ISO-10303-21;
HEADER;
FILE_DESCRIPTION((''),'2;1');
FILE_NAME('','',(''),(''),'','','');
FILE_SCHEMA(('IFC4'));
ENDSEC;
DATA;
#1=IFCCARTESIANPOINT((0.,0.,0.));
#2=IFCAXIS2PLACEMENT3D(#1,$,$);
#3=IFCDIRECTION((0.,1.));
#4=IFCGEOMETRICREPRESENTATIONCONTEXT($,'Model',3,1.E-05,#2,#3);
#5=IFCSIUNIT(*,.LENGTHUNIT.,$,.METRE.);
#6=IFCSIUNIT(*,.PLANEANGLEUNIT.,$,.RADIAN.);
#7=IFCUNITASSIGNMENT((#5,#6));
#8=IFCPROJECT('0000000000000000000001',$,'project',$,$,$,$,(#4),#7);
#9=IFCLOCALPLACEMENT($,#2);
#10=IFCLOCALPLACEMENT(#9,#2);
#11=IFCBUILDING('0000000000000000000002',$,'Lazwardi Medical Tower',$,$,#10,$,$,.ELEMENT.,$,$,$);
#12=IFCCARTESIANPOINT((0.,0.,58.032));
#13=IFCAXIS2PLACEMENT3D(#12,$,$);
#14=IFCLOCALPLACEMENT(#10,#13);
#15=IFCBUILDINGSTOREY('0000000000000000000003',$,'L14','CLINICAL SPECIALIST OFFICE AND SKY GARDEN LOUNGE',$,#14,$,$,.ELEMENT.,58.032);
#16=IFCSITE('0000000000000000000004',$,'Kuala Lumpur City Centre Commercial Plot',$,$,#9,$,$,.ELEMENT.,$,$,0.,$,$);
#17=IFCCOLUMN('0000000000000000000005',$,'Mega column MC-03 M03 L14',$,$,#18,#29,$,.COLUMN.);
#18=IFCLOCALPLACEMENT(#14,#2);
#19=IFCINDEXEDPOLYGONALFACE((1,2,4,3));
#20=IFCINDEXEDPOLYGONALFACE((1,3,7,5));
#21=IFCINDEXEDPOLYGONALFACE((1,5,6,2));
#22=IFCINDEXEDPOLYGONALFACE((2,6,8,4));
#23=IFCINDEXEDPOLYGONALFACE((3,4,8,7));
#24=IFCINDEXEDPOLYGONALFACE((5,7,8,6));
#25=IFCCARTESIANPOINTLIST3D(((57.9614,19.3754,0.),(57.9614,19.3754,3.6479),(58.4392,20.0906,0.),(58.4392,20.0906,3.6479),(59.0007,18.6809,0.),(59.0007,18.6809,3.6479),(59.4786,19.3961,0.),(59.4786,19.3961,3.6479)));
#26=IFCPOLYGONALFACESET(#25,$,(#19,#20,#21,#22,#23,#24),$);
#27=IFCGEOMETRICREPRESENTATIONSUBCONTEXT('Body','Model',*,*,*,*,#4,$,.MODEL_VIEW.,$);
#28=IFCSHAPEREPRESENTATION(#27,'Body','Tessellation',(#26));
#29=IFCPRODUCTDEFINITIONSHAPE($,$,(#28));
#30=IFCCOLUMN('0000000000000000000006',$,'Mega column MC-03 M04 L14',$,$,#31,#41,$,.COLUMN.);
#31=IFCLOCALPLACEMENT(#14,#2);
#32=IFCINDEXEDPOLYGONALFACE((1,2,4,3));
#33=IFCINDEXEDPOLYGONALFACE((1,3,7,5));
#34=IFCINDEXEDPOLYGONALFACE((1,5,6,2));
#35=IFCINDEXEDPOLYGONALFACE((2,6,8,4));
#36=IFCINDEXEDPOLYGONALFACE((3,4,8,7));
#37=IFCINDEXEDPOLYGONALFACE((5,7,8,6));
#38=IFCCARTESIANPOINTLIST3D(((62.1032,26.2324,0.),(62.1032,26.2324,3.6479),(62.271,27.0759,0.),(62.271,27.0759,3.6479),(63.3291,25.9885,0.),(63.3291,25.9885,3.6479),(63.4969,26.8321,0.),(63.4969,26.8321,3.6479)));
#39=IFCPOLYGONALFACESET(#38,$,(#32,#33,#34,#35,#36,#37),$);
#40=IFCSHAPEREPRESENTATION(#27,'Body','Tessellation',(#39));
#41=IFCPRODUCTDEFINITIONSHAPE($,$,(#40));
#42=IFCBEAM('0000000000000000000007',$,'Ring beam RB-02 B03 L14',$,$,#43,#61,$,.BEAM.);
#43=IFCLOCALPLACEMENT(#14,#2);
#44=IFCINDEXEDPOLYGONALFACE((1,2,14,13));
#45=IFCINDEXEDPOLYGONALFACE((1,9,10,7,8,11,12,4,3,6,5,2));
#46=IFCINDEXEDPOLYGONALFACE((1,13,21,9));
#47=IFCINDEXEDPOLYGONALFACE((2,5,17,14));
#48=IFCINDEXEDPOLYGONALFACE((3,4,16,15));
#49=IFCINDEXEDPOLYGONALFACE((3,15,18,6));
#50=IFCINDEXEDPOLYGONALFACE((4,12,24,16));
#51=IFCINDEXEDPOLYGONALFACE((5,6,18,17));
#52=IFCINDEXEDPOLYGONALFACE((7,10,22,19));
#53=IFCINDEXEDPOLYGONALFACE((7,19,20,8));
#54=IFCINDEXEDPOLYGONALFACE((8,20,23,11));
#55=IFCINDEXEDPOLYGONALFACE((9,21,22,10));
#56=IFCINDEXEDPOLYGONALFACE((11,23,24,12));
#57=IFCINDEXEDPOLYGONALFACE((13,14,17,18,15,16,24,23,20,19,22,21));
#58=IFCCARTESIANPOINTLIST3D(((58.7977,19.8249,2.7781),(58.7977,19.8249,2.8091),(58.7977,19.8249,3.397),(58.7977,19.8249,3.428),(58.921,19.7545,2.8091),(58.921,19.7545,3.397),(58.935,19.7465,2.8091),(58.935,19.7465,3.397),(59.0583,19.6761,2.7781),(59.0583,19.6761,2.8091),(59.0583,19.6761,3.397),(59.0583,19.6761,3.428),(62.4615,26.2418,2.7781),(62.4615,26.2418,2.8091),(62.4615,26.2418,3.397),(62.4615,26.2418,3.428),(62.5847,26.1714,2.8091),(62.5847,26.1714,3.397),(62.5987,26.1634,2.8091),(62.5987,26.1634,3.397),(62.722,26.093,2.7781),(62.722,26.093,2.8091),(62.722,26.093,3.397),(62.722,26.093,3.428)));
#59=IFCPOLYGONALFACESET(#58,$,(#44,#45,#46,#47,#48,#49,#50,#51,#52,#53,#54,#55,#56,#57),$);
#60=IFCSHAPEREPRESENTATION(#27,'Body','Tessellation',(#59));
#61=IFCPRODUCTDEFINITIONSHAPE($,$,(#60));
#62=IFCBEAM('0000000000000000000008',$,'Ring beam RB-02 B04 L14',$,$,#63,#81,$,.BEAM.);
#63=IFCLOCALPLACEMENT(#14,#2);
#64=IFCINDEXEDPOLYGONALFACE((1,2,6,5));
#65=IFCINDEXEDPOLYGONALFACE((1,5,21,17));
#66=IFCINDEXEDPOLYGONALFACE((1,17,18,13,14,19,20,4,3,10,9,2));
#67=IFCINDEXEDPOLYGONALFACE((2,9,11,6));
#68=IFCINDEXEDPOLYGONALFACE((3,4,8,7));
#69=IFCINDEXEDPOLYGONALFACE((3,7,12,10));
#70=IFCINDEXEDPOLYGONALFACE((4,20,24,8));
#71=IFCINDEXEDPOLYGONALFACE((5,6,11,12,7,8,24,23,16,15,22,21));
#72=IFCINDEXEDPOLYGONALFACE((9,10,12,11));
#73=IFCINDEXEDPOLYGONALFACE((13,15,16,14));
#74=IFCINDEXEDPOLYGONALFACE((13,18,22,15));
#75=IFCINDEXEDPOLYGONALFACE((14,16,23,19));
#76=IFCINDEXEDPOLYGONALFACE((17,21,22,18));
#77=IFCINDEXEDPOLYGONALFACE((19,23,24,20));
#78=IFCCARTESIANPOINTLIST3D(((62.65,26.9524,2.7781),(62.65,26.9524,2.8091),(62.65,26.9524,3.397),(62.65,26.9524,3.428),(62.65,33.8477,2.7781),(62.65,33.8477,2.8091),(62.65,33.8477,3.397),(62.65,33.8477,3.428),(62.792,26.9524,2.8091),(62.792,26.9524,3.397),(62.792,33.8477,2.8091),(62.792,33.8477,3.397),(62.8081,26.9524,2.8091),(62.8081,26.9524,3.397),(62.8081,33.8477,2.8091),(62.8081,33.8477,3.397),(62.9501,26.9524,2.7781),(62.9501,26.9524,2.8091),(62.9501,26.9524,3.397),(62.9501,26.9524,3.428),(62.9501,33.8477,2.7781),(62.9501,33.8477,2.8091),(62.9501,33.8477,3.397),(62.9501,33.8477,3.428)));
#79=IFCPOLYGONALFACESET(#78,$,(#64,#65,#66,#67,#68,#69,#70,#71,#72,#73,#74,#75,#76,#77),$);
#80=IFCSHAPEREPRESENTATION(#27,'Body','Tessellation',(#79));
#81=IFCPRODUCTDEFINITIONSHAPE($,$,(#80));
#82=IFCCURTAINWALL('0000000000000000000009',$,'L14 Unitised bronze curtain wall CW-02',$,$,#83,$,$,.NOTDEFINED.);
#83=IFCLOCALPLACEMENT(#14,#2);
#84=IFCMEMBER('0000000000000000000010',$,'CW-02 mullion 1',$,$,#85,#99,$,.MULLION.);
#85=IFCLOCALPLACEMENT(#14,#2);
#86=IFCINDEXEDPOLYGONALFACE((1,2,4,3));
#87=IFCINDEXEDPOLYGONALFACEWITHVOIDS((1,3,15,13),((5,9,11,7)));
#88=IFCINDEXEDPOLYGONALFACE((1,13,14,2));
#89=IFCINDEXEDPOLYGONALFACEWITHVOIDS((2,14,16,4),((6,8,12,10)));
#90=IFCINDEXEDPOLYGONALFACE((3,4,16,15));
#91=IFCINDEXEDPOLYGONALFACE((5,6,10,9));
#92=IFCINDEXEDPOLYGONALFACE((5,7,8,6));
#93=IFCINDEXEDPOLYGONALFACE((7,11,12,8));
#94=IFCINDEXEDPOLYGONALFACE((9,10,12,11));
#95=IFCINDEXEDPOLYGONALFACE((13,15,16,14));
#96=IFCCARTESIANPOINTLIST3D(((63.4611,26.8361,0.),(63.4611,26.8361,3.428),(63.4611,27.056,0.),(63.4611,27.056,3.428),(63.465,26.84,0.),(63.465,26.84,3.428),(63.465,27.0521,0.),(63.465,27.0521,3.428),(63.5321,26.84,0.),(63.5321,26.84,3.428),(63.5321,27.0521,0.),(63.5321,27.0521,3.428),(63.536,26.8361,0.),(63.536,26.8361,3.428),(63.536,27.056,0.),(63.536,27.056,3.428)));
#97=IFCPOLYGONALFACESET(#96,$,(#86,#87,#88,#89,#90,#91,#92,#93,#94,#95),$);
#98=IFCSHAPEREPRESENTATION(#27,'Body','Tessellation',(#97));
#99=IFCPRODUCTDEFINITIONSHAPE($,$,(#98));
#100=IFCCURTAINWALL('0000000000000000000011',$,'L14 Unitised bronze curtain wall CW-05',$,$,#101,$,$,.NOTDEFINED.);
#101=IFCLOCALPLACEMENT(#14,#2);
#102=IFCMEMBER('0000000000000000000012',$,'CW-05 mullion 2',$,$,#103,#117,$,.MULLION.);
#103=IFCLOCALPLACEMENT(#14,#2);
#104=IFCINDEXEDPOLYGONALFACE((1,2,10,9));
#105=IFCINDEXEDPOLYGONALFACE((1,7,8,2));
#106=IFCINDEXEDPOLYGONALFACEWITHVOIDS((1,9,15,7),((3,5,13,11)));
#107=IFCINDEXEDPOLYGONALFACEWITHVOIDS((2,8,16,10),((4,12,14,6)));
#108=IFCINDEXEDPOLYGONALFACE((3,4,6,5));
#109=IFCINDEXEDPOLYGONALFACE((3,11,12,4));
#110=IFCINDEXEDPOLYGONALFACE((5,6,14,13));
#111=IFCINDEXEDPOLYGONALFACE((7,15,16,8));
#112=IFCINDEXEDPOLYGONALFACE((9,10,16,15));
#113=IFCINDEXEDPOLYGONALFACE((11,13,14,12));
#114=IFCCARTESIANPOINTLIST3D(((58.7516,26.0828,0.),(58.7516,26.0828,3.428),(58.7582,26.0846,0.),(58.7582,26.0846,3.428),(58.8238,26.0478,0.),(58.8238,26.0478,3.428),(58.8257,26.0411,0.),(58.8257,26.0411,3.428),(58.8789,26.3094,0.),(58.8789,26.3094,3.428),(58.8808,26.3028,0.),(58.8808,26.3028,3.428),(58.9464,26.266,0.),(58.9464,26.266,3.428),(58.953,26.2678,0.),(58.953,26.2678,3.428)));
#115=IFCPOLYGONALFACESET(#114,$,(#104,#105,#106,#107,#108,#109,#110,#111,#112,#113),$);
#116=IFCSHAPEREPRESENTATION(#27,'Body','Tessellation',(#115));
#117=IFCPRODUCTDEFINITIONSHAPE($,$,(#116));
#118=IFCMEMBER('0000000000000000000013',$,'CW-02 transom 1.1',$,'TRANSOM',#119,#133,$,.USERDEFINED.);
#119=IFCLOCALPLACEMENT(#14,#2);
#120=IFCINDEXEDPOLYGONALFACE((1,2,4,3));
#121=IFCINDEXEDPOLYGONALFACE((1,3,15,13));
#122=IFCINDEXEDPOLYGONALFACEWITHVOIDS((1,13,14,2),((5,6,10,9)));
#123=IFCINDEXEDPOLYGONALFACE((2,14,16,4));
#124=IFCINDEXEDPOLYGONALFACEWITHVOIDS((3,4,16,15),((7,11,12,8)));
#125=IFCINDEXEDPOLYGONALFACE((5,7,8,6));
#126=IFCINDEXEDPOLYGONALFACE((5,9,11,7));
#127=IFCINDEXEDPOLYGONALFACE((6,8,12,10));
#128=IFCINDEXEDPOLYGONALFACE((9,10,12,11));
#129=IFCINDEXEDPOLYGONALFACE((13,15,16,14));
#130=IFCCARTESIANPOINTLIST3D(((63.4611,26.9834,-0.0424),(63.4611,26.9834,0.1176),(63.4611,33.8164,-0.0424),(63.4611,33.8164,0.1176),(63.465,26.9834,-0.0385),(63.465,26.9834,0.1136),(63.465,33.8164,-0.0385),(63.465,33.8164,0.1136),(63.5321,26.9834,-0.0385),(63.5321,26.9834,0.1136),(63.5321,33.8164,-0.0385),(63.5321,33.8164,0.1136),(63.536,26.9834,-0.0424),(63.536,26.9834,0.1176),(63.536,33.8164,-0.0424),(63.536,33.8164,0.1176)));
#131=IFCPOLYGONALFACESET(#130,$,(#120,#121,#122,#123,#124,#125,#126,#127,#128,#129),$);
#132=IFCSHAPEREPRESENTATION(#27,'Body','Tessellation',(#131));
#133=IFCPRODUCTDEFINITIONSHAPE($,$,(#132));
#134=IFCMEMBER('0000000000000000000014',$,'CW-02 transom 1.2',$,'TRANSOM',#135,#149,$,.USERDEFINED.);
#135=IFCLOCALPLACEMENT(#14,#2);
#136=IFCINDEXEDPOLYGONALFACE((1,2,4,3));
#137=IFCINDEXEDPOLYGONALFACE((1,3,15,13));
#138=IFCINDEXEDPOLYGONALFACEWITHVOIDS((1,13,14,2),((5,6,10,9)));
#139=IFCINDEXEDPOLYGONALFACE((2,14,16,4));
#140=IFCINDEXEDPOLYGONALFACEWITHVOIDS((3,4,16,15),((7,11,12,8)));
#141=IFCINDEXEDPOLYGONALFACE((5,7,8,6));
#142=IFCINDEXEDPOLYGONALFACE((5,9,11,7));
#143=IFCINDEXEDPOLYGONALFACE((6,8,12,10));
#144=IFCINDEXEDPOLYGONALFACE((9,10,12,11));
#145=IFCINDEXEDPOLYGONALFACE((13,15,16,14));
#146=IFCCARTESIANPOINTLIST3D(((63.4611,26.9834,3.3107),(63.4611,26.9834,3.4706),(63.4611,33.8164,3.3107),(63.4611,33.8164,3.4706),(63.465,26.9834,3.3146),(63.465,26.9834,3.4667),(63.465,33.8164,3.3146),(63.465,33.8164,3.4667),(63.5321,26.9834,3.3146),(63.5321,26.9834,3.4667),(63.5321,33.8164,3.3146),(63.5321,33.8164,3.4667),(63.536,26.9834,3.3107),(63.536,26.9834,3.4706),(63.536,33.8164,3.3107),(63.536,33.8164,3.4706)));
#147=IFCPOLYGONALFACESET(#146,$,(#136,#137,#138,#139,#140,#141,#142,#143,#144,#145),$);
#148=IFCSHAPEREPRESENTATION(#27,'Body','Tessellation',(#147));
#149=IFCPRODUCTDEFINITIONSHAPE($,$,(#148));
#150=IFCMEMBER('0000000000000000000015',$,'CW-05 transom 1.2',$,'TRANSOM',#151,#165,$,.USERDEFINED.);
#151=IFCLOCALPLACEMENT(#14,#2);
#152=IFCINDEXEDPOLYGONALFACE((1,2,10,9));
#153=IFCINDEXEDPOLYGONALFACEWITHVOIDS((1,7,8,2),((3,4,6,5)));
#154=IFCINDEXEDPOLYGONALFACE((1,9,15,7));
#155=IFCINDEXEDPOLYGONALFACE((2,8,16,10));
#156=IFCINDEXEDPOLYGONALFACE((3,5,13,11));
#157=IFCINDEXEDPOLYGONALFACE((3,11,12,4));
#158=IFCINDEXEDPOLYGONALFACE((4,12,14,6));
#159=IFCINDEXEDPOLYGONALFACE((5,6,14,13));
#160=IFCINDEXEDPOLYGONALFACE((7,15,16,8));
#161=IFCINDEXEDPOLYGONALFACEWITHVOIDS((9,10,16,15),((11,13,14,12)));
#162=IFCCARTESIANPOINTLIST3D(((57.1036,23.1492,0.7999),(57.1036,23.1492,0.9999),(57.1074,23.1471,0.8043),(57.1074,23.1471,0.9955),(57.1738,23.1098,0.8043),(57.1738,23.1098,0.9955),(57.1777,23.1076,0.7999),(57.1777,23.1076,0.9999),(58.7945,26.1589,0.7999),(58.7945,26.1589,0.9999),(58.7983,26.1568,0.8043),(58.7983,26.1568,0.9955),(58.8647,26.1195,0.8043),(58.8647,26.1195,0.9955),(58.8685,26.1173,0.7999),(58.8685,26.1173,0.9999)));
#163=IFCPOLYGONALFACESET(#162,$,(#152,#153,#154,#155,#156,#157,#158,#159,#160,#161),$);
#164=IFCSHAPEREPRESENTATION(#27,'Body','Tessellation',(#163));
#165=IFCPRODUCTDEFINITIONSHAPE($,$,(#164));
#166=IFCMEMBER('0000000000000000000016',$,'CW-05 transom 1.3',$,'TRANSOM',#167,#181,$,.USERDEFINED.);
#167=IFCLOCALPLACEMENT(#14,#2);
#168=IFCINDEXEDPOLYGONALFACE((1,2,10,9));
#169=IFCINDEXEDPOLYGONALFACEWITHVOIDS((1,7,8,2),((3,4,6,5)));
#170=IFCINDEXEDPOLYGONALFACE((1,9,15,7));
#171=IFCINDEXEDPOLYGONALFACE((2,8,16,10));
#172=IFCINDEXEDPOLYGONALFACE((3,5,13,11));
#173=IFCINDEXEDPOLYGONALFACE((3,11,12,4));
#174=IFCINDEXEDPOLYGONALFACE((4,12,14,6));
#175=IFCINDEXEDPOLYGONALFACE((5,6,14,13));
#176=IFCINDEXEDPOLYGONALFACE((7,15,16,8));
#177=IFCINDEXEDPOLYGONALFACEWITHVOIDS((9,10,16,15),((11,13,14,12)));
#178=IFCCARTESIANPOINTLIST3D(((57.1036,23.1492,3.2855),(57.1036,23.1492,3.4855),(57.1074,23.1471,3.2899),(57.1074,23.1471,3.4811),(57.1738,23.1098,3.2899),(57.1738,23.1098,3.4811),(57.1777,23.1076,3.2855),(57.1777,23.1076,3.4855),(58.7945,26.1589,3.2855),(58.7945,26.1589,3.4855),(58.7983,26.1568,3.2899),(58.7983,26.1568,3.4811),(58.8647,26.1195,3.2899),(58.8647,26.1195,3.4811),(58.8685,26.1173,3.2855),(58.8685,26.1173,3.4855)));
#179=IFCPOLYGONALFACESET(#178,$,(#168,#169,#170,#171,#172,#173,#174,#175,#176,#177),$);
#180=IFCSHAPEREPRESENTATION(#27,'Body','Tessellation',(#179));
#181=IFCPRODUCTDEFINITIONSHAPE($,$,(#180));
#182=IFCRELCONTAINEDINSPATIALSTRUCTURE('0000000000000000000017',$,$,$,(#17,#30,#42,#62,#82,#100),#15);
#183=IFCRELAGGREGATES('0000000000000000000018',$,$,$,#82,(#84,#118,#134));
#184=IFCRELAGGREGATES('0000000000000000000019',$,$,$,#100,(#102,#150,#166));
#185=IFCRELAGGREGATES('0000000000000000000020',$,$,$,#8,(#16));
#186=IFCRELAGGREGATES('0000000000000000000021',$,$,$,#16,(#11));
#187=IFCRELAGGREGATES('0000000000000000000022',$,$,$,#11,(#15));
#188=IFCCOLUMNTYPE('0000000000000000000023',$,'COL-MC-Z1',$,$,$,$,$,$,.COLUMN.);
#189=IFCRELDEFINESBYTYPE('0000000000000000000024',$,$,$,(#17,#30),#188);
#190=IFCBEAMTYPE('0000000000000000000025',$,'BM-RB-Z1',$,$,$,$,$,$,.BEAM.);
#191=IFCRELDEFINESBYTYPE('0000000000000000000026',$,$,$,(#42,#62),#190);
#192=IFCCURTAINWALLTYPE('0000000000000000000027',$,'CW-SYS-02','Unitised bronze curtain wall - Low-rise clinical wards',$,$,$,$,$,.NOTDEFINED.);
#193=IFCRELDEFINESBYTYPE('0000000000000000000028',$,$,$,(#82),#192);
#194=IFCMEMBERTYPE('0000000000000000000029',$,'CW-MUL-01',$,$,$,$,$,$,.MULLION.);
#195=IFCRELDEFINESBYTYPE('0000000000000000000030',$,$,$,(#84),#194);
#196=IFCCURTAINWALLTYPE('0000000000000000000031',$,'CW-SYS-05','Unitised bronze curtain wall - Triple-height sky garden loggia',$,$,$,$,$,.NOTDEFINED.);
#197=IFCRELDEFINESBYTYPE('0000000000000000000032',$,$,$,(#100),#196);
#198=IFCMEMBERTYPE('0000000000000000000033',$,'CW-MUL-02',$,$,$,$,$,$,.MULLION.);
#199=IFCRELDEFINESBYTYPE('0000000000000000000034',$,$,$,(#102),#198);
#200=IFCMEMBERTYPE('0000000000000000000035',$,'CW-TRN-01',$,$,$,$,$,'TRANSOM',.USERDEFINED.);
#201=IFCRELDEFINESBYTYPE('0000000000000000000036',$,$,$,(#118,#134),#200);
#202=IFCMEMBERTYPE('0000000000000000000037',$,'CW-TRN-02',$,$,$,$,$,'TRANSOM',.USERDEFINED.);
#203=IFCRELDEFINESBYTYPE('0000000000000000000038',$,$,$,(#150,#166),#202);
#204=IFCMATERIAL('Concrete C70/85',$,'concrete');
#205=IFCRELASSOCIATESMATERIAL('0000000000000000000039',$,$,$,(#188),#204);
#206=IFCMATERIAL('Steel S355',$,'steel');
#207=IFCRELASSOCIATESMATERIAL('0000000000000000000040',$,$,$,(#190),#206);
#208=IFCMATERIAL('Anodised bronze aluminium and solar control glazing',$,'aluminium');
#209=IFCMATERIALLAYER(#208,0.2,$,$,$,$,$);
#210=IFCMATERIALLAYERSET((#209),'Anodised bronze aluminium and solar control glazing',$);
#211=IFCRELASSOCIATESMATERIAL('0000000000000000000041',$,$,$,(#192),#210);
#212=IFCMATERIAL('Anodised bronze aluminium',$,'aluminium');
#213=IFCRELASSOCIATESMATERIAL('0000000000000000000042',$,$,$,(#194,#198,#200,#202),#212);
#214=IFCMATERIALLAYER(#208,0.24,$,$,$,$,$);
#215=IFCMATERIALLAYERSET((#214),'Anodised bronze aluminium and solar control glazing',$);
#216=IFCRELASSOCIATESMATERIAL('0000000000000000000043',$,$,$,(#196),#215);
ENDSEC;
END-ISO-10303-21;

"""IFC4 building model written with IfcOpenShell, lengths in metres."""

from ifc_helpers import new_model, si_unit, direction, frame, origin, origin_2d, place, context, subcontext, project, spatial, rectangle, hollow_rectangle, i_section, extrude, material, layer, layer_set, material_profile, profile_set, type_object, element, aggregate, save


model = new_model("IFC4")

# Units and contexts
model_context = context("Model", 3, precision=1e-05, world=origin(), true_north=direction((0.0, 1.0)))
body_context = subcontext(model_context, "Body", "Model", "MODEL_VIEW")
ifc_project = project(units=[si_unit("LENGTHUNIT", "METRE"), si_unit("PLANEANGLEUNIT", "RADIAN")], contexts=[model_context])

# Site, building, storey
site_placement = place(None, origin())
site = spatial("IfcSite", under=ifc_project, at=site_placement, Name="Kuala Lumpur City Centre Commercial Plot", CompositionType="ELEMENT", RefElevation=0.0)
building_placement = place(site_placement, origin())
building = spatial("IfcBuilding", under=site, at=building_placement, Name="Lazwardi Medical Tower", CompositionType="ELEMENT")
storey_placement = place(building_placement, frame((0.0, 0.0, 58.032)))
storey = spatial("IfcBuildingStorey", under=building, at=storey_placement, Name="L14", Description="CLINICAL SPECIALIST OFFICE AND SKY GARDEN LOUNGE", CompositionType="ELEMENT", Elevation=58.032)

# Columns
ifc_material_1 = material(Name="Concrete C70/85", Category="concrete")
ifc_material_profile_1 = material_profile(ifc_material_1, rectangle(XDim=1.25, YDim=0.8601, at=origin_2d()), Name="CFT-RECT 1250x860")
ifc_profile_set_1 = profile_set([ifc_material_profile_1], Name="Concrete C70/85")
column_type = type_object("IfcColumnType", Name="COL-MC-Z1", PredefinedType="COLUMN", material=ifc_profile_set_1)
for number, where, z_axis, x_axis, name in (
    (1, (58.72, 19.3857, 0.0), (0.0, 0.0, 1.0), (0.83147, -0.55557, 0.0), "Mega column MC-03 M03 L14"),
    (2, (62.8, 26.5322, 0.0), (0.0, 0.0, 1.0), (0.980785, -0.19509, 0.0), "Mega column MC-03 M04 L14"),
):
    element("IfcColumn", number, at=place(storey_placement, frame(where, z_axis=z_axis, x_axis=x_axis)), inside=storey, type_object=column_type, Name=name, PredefinedType="COLUMN", context=body_context, shape_type="SweptSolid", body=[
        extrude(rectangle(XDim=1.25, YDim=0.8601, at=origin_2d()), origin(), (0.0, 0.0, 1.0), 3.6479),
    ])

# Beams
ifc_material_2 = material(Name="Steel S355", Category="steel")
ifc_material_profile_2 = material_profile(ifc_material_2, i_section(OverallWidth=0.3, OverallDepth=0.6499, WebThickness=0.0161, FlangeThickness=0.031, at=origin_2d()), Name="HEB 650")
ifc_profile_set_2 = profile_set([ifc_material_profile_2], Name="Steel S355")
beam_type = type_object("IfcBeamType", Name="BM-RB-Z1", PredefinedType="BEAM", material=ifc_profile_set_2)
beam_1_placement = place(storey_placement, frame((58.928, 19.7505, 3.103), z_axis=(0.495829, 0.86842, 0.0), x_axis=(-0.86842, 0.495829, 0.0)))
element("IfcBeam", 3, at=beam_1_placement, inside=storey, type_object=beam_type, Name="Ring beam RB-02 B03 L14", PredefinedType="BEAM", context=body_context, shape_type="SweptSolid", body=[
    extrude(i_section(OverallWidth=0.3, OverallDepth=0.6499, WebThickness=0.0161, FlangeThickness=0.031, at=origin_2d()), origin(), (0.0, 0.0, 1.0), 7.3892),
])
beam_2_placement = place(storey_placement, frame((62.8, 26.9524, 3.103), z_axis=(0.0, 1.0, 0.0), x_axis=(-1.0, 0.0, 0.0)))
element("IfcBeam", 4, at=beam_2_placement, inside=storey, type_object=beam_type, Name="Ring beam RB-02 B04 L14", PredefinedType="BEAM", context=body_context, shape_type="SweptSolid", body=[
    extrude(i_section(OverallWidth=0.3, OverallDepth=0.6499, WebThickness=0.0161, FlangeThickness=0.031, at=origin_2d()), origin(), (0.0, 0.0, 1.0), 6.8953),
])

# Curtain walls, members
ifc_material_3 = material(Name="Anodised bronze aluminium and solar control glazing", Category="aluminium")
ifc_layer_1 = layer(ifc_material_3, 0.2)
ifc_layer_set_1 = layer_set([ifc_layer_1], Name="Anodised bronze aluminium and solar control glazing")
curtain_wall_type_1 = type_object("IfcCurtainWallType", Name="CW-SYS-02", Description="Unitised bronze curtain wall - Low-rise clinical wards", PredefinedType="NOTDEFINED", material=ifc_layer_set_1)
curtain_wall_1_placement = place(storey_placement, origin())
curtain_wall_1 = element("IfcCurtainWall", 5, at=curtain_wall_1_placement, inside=storey, type_object=curtain_wall_type_1, Name="L14 Unitised bronze curtain wall CW-02", PredefinedType="NOTDEFINED")
ifc_material_4 = material(Name="Anodised bronze aluminium", Category="aluminium")
ifc_material_profile_3 = material_profile(ifc_material_4, hollow_rectangle(XDim=0.075, YDim=0.22, WallThickness=0.0039, at=origin_2d()), Name="ALU-MULLION 220x75x4")
ifc_profile_set_3 = profile_set([ifc_material_profile_3], Name="Anodised bronze aluminium")
member_type_1 = type_object("IfcMemberType", Name="CW-MUL-01", PredefinedType="MULLION", material=ifc_profile_set_3)
member_1_placement = place(storey_placement, frame((63.4985, 26.946, 0.0), z_axis=(0.0, 0.0, 1.0), x_axis=(-1.0, 0.0, 0.0)))
member_1 = element("IfcMember", 6, at=member_1_placement, type_object=member_type_1, Name="CW-02 mullion 1", PredefinedType="MULLION", context=body_context, shape_type="SweptSolid", body=[
    extrude(hollow_rectangle(XDim=0.075, YDim=0.22, WallThickness=0.0039, at=origin_2d()), origin(), (0.0, 0.0, 1.0), 3.428),
])
ifc_layer_2 = layer(ifc_material_3, 0.24)
ifc_layer_set_2 = layer_set([ifc_layer_2], Name="Anodised bronze aluminium and solar control glazing")
curtain_wall_type_2 = type_object("IfcCurtainWallType", Name="CW-SYS-05", Description="Unitised bronze curtain wall - Triple-height sky garden loggia", PredefinedType="NOTDEFINED", material=ifc_layer_set_2)
curtain_wall_2_placement = place(storey_placement, origin())
curtain_wall_2 = element("IfcCurtainWall", 7, at=curtain_wall_2_placement, inside=storey, type_object=curtain_wall_type_2, Name="L14 Unitised bronze curtain wall CW-05", PredefinedType="NOTDEFINED")
ifc_material_profile_4 = material_profile(ifc_material_4, hollow_rectangle(XDim=0.085, YDim=0.26, WallThickness=0.0049, at=origin_2d()), Name="ALU-MULLION 260x85x5")
ifc_profile_set_4 = profile_set([ifc_material_profile_4], Name="Anodised bronze aluminium")
member_type_2 = type_object("IfcMemberType", Name="CW-MUL-02", PredefinedType="MULLION", material=ifc_profile_set_4)
member_2_placement = place(storey_placement, frame((58.8523, 26.1753, 0.0), z_axis=(0.0, 0.0, 1.0), x_axis=(-0.871837, 0.489796, 0.0)))
member_2 = element("IfcMember", 8, at=member_2_placement, type_object=member_type_2, Name="CW-05 mullion 2", PredefinedType="MULLION", context=body_context, shape_type="SweptSolid", body=[
    extrude(hollow_rectangle(XDim=0.085, YDim=0.26, WallThickness=0.0049, at=origin_2d()), origin(), (0.0, 0.0, 1.0), 3.428),
])

# Members
ifc_material_profile_5 = material_profile(ifc_material_4, hollow_rectangle(XDim=0.075, YDim=0.1599, WallThickness=0.0039, at=origin_2d()), Name="ALU-TRANSOM 160x75x4")
ifc_profile_set_5 = profile_set([ifc_material_profile_5], Name="Anodised bronze aluminium")
member_type_3 = type_object("IfcMemberType", Name="CW-TRN-01", ElementType="TRANSOM", PredefinedType="USERDEFINED", material=ifc_profile_set_5)
member_3_placement = place(storey_placement, frame((63.4985, 26.9834, 0.0376), z_axis=(0.0, 1.0, 0.0), x_axis=(-1.0, 0.0, 0.0)))
member_3 = element("IfcMember", 9, at=member_3_placement, type_object=member_type_3, Name="CW-02 transom 1.1", ObjectType="TRANSOM", PredefinedType="USERDEFINED", context=body_context, shape_type="SweptSolid", body=[
    extrude(hollow_rectangle(XDim=0.075, YDim=0.1599, WallThickness=0.0039, at=origin_2d()), origin(), (0.0, 0.0, 1.0), 6.833),
])
member_4_placement = place(storey_placement, frame((63.4985, 26.9834, 3.3906), z_axis=(0.0, 1.0, 0.0), x_axis=(-1.0, 0.0, 0.0)))
member_4 = element("IfcMember", 10, at=member_4_placement, type_object=member_type_3, Name="CW-02 transom 1.2", ObjectType="TRANSOM", PredefinedType="USERDEFINED", context=body_context, shape_type="SweptSolid", body=[
    extrude(hollow_rectangle(XDim=0.075, YDim=0.1599, WallThickness=0.0039, at=origin_2d()), origin(), (0.0, 0.0, 1.0), 6.833),
])
aggregate(curtain_wall_1, [member_1, member_3, member_4])
ifc_material_profile_6 = material_profile(ifc_material_4, hollow_rectangle(XDim=0.085, YDim=0.2, WallThickness=0.0044, at=origin_2d()), Name="ALU-TRANSOM 200x85x4.5")
ifc_profile_set_6 = profile_set([ifc_material_profile_6], Name="Anodised bronze aluminium")
member_type_4 = type_object("IfcMemberType", Name="CW-TRN-02", ElementType="TRANSOM", PredefinedType="USERDEFINED", material=ifc_profile_set_6)
member_5_placement = place(storey_placement, frame((57.1406, 23.1284, 0.8999), z_axis=(0.489805, 0.871832, 0.0), x_axis=(-0.871832, 0.489805, 0.0)))
member_5 = element("IfcMember", 11, at=member_5_placement, type_object=member_type_4, Name="CW-05 transom 1.2", ObjectType="TRANSOM", PredefinedType="USERDEFINED", context=body_context, shape_type="SweptSolid", body=[
    extrude(hollow_rectangle(XDim=0.085, YDim=0.2, WallThickness=0.0044, at=origin_2d()), origin(), (0.0, 0.0, 1.0), 3.4521),
])
member_6_placement = place(storey_placement, frame((57.1406, 23.1284, 3.3855), z_axis=(0.489805, 0.871832, 0.0), x_axis=(-0.871832, 0.489805, 0.0)))
member_6 = element("IfcMember", 12, at=member_6_placement, type_object=member_type_4, Name="CW-05 transom 1.3", ObjectType="TRANSOM", PredefinedType="USERDEFINED", context=body_context, shape_type="SweptSolid", body=[
    extrude(hollow_rectangle(XDim=0.085, YDim=0.2, WallThickness=0.0044, at=origin_2d()), origin(), (0.0, 0.0, 1.0), 3.4521),
])

aggregate(curtain_wall_2, [member_2, member_5, member_6])

save(model, "model.ifc")
